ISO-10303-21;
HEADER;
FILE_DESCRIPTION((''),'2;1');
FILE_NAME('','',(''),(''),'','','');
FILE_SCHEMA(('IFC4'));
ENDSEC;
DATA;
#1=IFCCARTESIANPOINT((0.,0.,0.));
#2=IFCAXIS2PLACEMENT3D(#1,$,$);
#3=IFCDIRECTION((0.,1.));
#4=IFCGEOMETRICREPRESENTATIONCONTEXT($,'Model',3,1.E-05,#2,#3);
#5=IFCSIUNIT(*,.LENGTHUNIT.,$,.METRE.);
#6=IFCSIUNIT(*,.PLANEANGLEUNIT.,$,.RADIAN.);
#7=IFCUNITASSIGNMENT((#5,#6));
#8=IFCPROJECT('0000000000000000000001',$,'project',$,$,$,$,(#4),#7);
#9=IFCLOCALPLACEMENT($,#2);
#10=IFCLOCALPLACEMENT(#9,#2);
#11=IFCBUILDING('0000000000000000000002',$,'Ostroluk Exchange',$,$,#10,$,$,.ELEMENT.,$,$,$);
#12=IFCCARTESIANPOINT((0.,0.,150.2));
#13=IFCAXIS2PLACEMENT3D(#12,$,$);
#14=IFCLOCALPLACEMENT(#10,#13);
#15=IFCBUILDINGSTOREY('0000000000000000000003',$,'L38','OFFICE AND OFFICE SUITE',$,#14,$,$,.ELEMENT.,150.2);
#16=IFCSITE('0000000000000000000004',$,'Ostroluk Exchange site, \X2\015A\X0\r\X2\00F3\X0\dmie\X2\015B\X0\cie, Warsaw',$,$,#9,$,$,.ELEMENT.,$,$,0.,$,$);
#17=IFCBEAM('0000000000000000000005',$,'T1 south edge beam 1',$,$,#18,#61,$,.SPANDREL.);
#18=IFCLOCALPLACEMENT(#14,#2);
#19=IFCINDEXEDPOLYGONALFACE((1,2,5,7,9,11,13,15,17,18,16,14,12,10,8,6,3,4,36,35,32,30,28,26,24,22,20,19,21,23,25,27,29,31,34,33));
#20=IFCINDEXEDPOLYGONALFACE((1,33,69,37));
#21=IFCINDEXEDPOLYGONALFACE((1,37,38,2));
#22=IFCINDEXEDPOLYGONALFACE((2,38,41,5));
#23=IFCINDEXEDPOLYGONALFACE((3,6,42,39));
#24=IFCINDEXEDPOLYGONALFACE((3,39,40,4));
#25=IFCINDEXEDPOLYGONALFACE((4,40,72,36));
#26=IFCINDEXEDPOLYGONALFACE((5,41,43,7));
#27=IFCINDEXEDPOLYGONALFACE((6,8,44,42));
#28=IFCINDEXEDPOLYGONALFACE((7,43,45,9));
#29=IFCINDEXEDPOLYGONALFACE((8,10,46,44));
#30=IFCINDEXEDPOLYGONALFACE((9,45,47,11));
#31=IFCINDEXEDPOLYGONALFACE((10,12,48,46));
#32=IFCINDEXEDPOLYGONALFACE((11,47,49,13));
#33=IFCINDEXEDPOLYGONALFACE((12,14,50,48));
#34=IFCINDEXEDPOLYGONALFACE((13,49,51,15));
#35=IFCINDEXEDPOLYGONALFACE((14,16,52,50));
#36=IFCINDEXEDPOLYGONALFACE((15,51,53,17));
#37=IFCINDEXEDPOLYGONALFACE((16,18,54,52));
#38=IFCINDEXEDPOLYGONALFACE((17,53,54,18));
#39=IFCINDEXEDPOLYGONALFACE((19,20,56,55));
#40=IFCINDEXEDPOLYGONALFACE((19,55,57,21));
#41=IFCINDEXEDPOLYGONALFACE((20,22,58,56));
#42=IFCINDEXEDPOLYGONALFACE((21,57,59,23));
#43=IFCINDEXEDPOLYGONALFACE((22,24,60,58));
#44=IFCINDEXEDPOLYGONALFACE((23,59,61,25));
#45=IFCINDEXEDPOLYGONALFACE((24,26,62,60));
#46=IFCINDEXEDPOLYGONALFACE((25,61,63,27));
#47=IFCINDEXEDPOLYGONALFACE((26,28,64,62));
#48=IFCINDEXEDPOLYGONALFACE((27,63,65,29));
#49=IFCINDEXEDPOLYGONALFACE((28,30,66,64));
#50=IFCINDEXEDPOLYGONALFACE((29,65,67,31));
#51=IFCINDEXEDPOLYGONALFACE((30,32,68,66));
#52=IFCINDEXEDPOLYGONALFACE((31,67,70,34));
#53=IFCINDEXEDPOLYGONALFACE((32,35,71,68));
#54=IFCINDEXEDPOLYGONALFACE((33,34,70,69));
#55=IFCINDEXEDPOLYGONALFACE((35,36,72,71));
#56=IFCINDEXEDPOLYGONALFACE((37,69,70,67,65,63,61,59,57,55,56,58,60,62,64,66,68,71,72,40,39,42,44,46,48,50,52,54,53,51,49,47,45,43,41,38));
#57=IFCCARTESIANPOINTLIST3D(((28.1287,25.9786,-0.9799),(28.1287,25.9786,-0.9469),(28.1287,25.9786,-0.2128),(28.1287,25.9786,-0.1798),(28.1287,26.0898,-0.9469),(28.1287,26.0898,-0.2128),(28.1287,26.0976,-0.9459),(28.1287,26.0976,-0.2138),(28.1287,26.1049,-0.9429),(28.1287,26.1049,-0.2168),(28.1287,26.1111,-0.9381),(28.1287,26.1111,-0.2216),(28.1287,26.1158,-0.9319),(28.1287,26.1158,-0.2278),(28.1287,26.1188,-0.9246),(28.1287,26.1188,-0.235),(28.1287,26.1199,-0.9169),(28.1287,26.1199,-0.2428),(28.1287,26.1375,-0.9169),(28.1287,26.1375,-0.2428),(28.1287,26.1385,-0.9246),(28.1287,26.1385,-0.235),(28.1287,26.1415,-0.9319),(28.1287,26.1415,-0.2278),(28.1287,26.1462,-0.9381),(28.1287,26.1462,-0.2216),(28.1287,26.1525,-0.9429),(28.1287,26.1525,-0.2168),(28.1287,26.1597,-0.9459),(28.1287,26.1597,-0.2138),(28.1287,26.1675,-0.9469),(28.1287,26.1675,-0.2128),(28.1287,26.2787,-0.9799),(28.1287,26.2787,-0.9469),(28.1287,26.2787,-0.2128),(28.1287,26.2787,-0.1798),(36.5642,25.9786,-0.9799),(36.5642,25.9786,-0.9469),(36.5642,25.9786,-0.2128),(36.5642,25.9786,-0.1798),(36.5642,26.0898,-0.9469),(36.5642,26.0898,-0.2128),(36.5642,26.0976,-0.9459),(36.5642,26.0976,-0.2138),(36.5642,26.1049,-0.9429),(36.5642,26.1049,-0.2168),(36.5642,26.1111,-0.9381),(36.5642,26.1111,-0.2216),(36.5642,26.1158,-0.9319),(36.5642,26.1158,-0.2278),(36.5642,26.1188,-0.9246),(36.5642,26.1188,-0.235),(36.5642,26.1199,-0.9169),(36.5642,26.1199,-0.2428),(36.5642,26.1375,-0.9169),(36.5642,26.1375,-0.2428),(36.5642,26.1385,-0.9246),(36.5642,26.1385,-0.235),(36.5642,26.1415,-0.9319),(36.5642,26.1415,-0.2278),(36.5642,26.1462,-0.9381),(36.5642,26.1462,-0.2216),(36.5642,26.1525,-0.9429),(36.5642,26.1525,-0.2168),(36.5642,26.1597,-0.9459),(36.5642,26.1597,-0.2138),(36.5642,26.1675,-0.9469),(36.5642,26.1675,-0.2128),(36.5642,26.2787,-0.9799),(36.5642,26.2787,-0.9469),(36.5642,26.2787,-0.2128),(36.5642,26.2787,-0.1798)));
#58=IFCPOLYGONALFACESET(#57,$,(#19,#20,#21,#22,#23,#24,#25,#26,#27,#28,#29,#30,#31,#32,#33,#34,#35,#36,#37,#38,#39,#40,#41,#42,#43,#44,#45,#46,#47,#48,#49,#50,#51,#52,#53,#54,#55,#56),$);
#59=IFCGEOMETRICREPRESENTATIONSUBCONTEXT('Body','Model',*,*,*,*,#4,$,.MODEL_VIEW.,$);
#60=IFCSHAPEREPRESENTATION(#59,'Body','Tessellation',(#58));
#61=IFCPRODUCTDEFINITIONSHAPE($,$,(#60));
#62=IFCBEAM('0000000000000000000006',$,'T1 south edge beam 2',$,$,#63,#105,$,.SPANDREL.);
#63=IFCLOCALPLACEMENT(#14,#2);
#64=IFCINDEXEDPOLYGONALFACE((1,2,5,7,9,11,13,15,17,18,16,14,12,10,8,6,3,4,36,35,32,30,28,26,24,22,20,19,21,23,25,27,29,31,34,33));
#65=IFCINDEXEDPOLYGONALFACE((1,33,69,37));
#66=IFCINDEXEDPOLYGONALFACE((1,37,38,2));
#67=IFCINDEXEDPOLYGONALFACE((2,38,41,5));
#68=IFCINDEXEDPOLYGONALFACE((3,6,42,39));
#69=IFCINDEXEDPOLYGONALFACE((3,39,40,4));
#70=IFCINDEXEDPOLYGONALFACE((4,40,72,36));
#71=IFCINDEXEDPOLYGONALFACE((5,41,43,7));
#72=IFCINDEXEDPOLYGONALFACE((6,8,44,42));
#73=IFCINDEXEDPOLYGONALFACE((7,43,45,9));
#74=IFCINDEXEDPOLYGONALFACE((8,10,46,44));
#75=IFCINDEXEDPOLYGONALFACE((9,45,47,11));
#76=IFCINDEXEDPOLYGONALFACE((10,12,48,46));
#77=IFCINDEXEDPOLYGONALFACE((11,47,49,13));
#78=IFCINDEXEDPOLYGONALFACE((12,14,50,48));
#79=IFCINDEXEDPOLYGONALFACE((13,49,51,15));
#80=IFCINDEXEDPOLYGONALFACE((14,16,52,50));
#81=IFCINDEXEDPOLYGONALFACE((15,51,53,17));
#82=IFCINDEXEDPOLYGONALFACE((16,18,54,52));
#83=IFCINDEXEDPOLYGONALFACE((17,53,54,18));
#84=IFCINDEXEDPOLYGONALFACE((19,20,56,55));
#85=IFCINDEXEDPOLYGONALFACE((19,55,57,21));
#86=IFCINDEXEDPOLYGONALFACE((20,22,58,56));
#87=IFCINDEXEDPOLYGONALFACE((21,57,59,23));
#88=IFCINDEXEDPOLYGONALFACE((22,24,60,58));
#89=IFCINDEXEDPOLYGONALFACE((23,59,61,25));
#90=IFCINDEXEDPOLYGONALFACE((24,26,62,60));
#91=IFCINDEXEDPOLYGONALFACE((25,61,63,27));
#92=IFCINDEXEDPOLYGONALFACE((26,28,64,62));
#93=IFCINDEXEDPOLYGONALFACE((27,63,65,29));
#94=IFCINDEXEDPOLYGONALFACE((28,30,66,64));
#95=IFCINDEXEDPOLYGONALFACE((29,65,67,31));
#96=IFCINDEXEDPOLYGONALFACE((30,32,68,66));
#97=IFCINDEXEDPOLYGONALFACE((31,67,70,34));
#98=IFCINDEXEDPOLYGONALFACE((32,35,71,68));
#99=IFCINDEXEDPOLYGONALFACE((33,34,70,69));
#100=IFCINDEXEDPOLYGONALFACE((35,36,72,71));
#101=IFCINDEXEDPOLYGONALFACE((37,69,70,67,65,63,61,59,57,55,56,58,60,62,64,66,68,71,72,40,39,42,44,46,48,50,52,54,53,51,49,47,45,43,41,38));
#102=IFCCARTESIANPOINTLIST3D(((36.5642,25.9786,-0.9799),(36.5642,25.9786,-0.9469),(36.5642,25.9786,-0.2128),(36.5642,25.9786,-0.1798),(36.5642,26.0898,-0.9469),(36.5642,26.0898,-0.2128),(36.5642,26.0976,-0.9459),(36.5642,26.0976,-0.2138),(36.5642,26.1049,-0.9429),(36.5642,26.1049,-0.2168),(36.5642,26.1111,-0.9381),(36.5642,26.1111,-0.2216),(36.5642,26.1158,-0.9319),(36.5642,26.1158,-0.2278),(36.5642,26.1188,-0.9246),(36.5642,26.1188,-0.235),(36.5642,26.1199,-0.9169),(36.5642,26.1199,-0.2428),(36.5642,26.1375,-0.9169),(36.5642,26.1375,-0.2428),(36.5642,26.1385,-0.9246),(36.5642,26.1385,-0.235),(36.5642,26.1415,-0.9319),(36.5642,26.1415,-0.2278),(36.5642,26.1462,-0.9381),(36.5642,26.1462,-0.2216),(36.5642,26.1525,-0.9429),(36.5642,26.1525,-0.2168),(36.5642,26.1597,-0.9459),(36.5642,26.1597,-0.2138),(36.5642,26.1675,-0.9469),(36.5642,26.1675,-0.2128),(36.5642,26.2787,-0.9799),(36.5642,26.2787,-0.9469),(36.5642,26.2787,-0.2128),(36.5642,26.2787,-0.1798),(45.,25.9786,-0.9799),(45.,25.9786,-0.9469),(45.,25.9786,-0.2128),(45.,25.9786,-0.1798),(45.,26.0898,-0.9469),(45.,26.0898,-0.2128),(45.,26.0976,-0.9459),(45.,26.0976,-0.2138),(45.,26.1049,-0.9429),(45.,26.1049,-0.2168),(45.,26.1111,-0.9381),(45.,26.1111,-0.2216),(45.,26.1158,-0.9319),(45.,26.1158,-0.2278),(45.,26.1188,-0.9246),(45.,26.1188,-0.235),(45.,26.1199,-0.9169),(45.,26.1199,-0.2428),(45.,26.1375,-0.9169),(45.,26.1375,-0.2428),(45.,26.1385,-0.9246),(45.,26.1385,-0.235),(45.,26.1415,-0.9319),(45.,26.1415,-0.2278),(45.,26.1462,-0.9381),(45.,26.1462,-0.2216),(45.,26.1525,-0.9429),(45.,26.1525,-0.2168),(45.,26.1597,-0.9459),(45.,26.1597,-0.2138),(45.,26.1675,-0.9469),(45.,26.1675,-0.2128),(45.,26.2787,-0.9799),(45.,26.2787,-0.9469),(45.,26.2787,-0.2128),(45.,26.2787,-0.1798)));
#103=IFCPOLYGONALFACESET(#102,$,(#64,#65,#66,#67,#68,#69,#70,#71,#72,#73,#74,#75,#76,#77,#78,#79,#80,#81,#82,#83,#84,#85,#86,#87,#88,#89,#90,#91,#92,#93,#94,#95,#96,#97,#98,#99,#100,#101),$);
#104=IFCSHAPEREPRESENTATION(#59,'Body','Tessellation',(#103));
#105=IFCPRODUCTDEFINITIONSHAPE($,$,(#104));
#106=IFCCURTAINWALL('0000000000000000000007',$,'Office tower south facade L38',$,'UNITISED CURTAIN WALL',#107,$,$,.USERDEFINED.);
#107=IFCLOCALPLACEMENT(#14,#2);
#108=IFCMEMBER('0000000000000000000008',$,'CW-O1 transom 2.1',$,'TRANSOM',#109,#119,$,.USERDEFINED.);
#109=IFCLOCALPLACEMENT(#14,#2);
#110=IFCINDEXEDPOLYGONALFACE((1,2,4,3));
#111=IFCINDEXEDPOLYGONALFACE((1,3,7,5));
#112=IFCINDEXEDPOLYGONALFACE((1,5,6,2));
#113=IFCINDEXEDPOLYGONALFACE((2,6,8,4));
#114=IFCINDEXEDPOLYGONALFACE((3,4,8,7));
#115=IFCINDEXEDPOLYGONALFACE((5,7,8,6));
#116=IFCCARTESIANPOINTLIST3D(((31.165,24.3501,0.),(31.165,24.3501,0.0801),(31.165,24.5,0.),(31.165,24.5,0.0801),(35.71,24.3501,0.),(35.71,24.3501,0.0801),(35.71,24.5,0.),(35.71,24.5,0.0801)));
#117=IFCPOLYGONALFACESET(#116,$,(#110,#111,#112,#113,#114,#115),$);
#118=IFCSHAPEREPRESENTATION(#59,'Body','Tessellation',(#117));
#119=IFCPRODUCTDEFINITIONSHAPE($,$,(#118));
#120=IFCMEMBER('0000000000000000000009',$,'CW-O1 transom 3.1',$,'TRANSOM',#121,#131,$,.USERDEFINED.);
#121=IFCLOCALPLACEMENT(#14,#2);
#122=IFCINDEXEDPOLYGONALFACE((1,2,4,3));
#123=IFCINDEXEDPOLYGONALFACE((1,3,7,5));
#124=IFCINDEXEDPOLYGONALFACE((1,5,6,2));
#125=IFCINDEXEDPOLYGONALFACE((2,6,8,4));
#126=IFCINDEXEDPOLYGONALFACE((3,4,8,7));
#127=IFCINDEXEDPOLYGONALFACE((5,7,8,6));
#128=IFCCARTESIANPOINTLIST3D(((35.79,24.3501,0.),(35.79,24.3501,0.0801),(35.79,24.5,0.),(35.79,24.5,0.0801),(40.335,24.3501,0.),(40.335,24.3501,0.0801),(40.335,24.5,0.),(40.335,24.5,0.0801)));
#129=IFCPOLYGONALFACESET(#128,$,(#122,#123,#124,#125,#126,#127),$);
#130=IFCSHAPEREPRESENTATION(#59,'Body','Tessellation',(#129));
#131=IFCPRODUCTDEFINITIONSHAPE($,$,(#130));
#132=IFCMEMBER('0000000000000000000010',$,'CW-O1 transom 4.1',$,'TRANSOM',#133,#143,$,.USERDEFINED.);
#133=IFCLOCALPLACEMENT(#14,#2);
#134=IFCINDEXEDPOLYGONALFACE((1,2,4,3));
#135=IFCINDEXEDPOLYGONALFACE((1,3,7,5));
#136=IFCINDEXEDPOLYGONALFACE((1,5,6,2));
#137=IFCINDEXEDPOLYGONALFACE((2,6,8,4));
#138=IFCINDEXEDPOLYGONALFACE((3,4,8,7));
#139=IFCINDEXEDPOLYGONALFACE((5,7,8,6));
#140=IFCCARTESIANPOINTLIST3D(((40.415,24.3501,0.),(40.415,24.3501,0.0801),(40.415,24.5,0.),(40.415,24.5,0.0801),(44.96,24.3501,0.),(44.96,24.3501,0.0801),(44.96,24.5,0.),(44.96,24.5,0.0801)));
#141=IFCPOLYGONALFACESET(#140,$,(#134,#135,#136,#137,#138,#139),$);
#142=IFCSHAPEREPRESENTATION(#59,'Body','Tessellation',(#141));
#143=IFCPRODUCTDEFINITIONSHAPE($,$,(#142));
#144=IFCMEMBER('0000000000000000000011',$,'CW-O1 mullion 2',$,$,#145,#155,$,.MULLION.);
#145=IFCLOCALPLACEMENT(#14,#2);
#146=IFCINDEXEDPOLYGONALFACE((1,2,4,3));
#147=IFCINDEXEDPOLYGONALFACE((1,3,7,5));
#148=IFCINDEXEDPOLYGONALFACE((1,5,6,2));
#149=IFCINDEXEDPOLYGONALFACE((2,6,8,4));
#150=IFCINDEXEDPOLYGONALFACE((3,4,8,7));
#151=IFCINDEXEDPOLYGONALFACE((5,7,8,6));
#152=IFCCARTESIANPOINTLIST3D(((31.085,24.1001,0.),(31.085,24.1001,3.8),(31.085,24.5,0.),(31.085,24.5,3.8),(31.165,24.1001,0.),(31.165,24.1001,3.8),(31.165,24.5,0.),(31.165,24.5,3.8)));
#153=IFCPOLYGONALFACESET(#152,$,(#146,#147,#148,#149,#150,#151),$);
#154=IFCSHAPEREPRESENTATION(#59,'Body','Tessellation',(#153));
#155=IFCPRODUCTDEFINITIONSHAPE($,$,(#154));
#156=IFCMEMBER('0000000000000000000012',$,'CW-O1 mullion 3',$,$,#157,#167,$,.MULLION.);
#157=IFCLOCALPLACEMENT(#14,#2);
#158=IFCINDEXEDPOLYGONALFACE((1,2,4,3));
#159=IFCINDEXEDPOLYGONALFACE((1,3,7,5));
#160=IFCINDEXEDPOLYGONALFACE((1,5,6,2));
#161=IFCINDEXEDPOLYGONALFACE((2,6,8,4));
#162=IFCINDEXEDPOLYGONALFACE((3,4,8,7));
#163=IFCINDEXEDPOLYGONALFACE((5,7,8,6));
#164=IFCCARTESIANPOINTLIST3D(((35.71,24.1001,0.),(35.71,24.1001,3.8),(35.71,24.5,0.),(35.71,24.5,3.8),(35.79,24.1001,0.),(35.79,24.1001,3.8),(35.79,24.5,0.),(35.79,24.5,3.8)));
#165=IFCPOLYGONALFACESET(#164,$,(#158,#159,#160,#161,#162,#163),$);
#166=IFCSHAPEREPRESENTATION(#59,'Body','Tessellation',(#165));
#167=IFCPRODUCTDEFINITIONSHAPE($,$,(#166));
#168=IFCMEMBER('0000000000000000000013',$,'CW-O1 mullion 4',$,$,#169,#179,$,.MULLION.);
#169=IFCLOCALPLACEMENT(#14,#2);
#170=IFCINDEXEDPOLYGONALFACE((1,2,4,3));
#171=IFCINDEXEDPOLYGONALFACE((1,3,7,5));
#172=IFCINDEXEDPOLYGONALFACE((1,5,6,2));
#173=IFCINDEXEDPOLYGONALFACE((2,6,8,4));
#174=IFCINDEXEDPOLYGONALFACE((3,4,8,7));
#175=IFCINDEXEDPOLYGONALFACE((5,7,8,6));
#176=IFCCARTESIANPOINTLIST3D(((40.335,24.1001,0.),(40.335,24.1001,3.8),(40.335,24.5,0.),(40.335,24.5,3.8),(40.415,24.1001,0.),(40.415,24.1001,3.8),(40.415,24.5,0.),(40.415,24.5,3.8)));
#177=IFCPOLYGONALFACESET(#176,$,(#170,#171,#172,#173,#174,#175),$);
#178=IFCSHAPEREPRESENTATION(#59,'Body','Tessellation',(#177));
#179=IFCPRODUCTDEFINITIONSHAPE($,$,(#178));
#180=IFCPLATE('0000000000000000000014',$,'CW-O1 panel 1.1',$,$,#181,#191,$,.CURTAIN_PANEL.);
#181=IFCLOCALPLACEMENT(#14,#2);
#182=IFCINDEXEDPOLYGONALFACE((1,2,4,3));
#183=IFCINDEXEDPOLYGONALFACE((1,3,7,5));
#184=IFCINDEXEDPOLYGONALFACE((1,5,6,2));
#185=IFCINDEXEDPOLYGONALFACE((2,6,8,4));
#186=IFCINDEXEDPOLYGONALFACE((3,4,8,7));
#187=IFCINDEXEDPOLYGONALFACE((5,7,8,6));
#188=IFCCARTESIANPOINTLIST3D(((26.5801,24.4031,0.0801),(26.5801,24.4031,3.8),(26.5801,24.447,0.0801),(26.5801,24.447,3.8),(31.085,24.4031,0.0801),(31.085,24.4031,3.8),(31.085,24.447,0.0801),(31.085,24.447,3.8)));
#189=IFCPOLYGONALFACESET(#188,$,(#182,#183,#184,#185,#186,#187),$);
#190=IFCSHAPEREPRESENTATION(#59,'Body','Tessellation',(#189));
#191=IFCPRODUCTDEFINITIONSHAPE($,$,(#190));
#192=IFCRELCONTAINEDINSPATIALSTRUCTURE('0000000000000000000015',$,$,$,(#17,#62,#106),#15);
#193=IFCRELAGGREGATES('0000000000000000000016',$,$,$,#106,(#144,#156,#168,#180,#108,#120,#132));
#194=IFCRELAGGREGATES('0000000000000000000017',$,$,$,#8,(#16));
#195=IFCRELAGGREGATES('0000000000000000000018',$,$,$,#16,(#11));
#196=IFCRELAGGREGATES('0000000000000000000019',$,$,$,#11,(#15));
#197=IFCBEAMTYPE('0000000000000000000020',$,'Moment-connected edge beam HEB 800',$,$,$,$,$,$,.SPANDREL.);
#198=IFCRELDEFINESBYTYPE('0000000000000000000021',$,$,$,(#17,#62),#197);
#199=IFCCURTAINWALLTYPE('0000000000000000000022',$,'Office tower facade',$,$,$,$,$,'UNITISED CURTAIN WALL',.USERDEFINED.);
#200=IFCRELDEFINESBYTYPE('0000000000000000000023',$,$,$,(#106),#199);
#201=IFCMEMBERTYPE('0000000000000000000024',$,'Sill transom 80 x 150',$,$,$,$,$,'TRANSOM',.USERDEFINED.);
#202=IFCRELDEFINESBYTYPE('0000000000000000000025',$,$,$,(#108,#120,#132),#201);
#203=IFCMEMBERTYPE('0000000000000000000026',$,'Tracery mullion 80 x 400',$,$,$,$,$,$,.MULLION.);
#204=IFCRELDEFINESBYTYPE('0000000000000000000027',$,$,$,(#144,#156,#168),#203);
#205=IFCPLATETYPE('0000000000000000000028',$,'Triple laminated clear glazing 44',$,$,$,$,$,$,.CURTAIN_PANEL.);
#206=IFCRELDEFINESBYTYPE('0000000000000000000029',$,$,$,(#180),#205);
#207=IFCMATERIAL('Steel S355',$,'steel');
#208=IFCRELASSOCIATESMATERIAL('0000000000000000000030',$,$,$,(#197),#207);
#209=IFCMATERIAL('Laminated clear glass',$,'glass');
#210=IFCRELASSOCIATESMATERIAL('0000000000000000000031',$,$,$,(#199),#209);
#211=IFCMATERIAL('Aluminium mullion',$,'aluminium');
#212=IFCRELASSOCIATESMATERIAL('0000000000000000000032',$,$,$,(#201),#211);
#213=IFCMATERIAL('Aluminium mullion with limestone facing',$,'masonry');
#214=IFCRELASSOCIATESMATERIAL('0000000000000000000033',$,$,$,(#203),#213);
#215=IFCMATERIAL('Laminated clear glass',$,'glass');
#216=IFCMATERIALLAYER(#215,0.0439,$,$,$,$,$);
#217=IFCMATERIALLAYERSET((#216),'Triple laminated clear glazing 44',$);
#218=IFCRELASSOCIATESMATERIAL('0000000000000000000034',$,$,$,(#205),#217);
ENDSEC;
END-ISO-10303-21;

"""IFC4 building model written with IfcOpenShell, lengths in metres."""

from ifc_helpers import new_model, si_unit, direction, frame, origin, origin_2d, place, context, subcontext, project, spatial, rectangle, i_section, extrude, material, layer, layer_set, material_profile, profile_set, type_object, element, aggregate, save


model = new_model("IFC4")

# Units and contexts
model_context = context("Model", 3, precision=1e-05, world=origin(), true_north=direction((0.0, 1.0)))
body_context = subcontext(model_context, "Body", "Model", "MODEL_VIEW")
ifc_project = project(units=[si_unit("LENGTHUNIT", "METRE"), si_unit("PLANEANGLEUNIT", "RADIAN")], contexts=[model_context])

# Site, building, storey
site_placement = place(None, origin())
site = spatial("IfcSite", under=ifc_project, at=site_placement, Name="Ostroluk Exchange site, Śródmieście, Warsaw", CompositionType="ELEMENT", RefElevation=0.0)
building_placement = place(site_placement, origin())
building = spatial("IfcBuilding", under=site, at=building_placement, Name="Ostroluk Exchange", CompositionType="ELEMENT")
storey_placement = place(building_placement, frame((0.0, 0.0, 150.2)))
storey = spatial("IfcBuildingStorey", under=building, at=storey_placement, Name="L38", Description="OFFICE AND OFFICE SUITE", CompositionType="ELEMENT", Elevation=150.2)

# Beams
ifc_material_1 = material(Name="Steel S355", Category="steel")
ifc_material_profile_1 = material_profile(ifc_material_1, i_section(OverallWidth=0.3, OverallDepth=0.8, WebThickness=0.0176, FlangeThickness=0.033, FilletRadius=0.03, at=origin_2d()), Name="HEB 800")
ifc_profile_set_1 = profile_set([ifc_material_profile_1], Name="Steel S355")
beam_type_1 = type_object("IfcBeamType", Name="Moment-connected edge beam HEB 800", PredefinedType="SPANDREL", material=ifc_profile_set_1)
beam_1_placement = place(storey_placement, frame((28.1287, 26.1287, -0.5798), z_axis=(1.0, 0.0, 0.0), x_axis=(0.0, 1.0, 0.0)))
element("IfcBeam", 1, at=beam_1_placement, inside=storey, type_object=beam_type_1, Name="T1 south edge beam 1", PredefinedType="SPANDREL", context=body_context, shape_type="SweptSolid", body=[
    extrude(i_section(OverallWidth=0.3, OverallDepth=0.8, WebThickness=0.0176, FlangeThickness=0.033, FilletRadius=0.03, at=origin_2d()), origin(), (0.0, 0.0, 1.0), 8.4355),
])
beam_2_placement = place(storey_placement, frame((36.5642, 26.1287, -0.5798), z_axis=(1.0, 0.0, 0.0), x_axis=(0.0, 1.0, 0.0)))
element("IfcBeam", 2, at=beam_2_placement, inside=storey, type_object=beam_type_1, Name="T1 south edge beam 2", PredefinedType="SPANDREL", context=body_context, shape_type="SweptSolid", body=[
    extrude(i_section(OverallWidth=0.3, OverallDepth=0.8, WebThickness=0.0176, FlangeThickness=0.033, FilletRadius=0.03, at=origin_2d()), origin(), (0.0, 0.0, 1.0), 8.4358),
])

# Curtain wall, members, plate
ifc_material_2 = material(Name="Laminated clear glass", Category="glass")
curtain_wall_type = type_object("IfcCurtainWallType", Name="Office tower facade", ElementType="UNITISED CURTAIN WALL", PredefinedType="USERDEFINED", material=ifc_material_2)
curtain_wall_placement = place(storey_placement, origin())
curtain_wall = element("IfcCurtainWall", 3, at=curtain_wall_placement, inside=storey, type_object=curtain_wall_type, Name="Office tower south facade L38", ObjectType="UNITISED CURTAIN WALL", PredefinedType="USERDEFINED")
ifc_material_3 = material(Name="Aluminium mullion", Category="aluminium")
ifc_material_profile_2 = material_profile(ifc_material_3, rectangle(XDim=0.1499, YDim=0.0801, at=origin_2d()), Name="Sill transom 80 x 150")
ifc_profile_set_2 = profile_set([ifc_material_profile_2], Name="Aluminium mullion")
member_type_1 = type_object("IfcMemberType", Name="Sill transom 80 x 150", ElementType="TRANSOM", PredefinedType="USERDEFINED", material=ifc_profile_set_2)
member_1_placement = place(storey_placement, frame((31.165, 24.425, 0.04), z_axis=(1.0, 0.0, 0.0), x_axis=(0.0, 1.0, 0.0)))
member_1 = element("IfcMember", 4, at=member_1_placement, type_object=member_type_1, Name="CW-O1 transom 2.1", ObjectType="TRANSOM", PredefinedType="USERDEFINED", context=body_context, shape_type="SweptSolid", body=[
    extrude(rectangle(XDim=0.1499, YDim=0.0801, at=origin_2d()), origin(), (0.0, 0.0, 1.0), 4.5449),
])
member_2_placement = place(storey_placement, frame((35.79, 24.425, 0.04), z_axis=(1.0, 0.0, 0.0), x_axis=(0.0, 1.0, 0.0)))
member_2 = element("IfcMember", 5, at=member_2_placement, type_object=member_type_1, Name="CW-O1 transom 3.1", ObjectType="TRANSOM", PredefinedType="USERDEFINED", context=body_context, shape_type="SweptSolid", body=[
    extrude(rectangle(XDim=0.1499, YDim=0.0801, at=origin_2d()), origin(), (0.0, 0.0, 1.0), 4.5449),
])
member_3_placement = place(storey_placement, frame((40.415, 24.425, 0.04), z_axis=(1.0, 0.0, 0.0), x_axis=(0.0, 1.0, 0.0)))
member_3 = element("IfcMember", 6, at=member_3_placement, type_object=member_type_1, Name="CW-O1 transom 4.1", ObjectType="TRANSOM", PredefinedType="USERDEFINED", context=body_context, shape_type="SweptSolid", body=[
    extrude(rectangle(XDim=0.1499, YDim=0.0801, at=origin_2d()), origin(), (0.0, 0.0, 1.0), 4.5449),
])
ifc_material_4 = material(Name="Aluminium mullion with limestone facing", Category="masonry")
ifc_material_profile_3 = material_profile(ifc_material_4, rectangle(XDim=0.3999, YDim=0.0801, at=origin_2d()), Name="Tracery mullion 80 x 400")
ifc_profile_set_3 = profile_set([ifc_material_profile_3], Name="Aluminium mullion with limestone facing")
member_type_2 = type_object("IfcMemberType", Name="Tracery mullion 80 x 400", PredefinedType="MULLION", material=ifc_profile_set_3)
member_4_placement = place(storey_placement, frame((31.125, 24.3, 0.0), z_axis=(0.0, 0.0, 1.0), x_axis=(0.0, 1.0, 0.0)))
member_4 = element("IfcMember", 7, at=member_4_placement, type_object=member_type_2, Name="CW-O1 mullion 2", PredefinedType="MULLION", context=body_context, shape_type="SweptSolid", body=[
    extrude(rectangle(XDim=0.3999, YDim=0.0801, at=origin_2d()), origin(), (0.0, 0.0, 1.0), 3.8),
])
member_5_placement = place(storey_placement, frame((35.75, 24.3, 0.0), z_axis=(0.0, 0.0, 1.0), x_axis=(0.0, 1.0, 0.0)))
member_5 = element("IfcMember", 8, at=member_5_placement, type_object=member_type_2, Name="CW-O1 mullion 3", PredefinedType="MULLION", context=body_context, shape_type="SweptSolid", body=[
    extrude(rectangle(XDim=0.3999, YDim=0.0801, at=origin_2d()), origin(), (0.0, 0.0, 1.0), 3.8),
])
member_6_placement = place(storey_placement, frame((40.375, 24.3, 0.0), z_axis=(0.0, 0.0, 1.0), x_axis=(0.0, 1.0, 0.0)))
member_6 = element("IfcMember", 9, at=member_6_placement, type_object=member_type_2, Name="CW-O1 mullion 4", PredefinedType="MULLION", context=body_context, shape_type="SweptSolid", body=[
    extrude(rectangle(XDim=0.3999, YDim=0.0801, at=origin_2d()), origin(), (0.0, 0.0, 1.0), 3.8),
])
ifc_material_5 = material(Name="Laminated clear glass", Category="glass")
ifc_layer_1 = layer(ifc_material_5, 0.0439)
ifc_layer_set_1 = layer_set([ifc_layer_1], Name="Triple laminated clear glazing 44")
plate_type = type_object("IfcPlateType", Name="Triple laminated clear glazing 44", PredefinedType="CURTAIN_PANEL", material=ifc_layer_set_1)
plate_1_placement = place(storey_placement, frame((28.8325, 24.425, 0.0801), z_axis=(0.0, 0.0, 1.0), x_axis=(1.0, 0.0, 0.0)))
plate_1 = element("IfcPlate", 10, at=plate_1_placement, type_object=plate_type, Name="CW-O1 panel 1.1", PredefinedType="CURTAIN_PANEL", context=body_context, shape_type="SweptSolid", body=[
    extrude(rectangle(XDim=4.5049, YDim=0.0439, at=origin_2d()), origin(), (0.0, 0.0, 1.0), 3.72),
])
aggregate(curtain_wall, [member_4, member_5, member_6, plate_1, member_1, member_2, member_3])

save(model, "model.ifc")
